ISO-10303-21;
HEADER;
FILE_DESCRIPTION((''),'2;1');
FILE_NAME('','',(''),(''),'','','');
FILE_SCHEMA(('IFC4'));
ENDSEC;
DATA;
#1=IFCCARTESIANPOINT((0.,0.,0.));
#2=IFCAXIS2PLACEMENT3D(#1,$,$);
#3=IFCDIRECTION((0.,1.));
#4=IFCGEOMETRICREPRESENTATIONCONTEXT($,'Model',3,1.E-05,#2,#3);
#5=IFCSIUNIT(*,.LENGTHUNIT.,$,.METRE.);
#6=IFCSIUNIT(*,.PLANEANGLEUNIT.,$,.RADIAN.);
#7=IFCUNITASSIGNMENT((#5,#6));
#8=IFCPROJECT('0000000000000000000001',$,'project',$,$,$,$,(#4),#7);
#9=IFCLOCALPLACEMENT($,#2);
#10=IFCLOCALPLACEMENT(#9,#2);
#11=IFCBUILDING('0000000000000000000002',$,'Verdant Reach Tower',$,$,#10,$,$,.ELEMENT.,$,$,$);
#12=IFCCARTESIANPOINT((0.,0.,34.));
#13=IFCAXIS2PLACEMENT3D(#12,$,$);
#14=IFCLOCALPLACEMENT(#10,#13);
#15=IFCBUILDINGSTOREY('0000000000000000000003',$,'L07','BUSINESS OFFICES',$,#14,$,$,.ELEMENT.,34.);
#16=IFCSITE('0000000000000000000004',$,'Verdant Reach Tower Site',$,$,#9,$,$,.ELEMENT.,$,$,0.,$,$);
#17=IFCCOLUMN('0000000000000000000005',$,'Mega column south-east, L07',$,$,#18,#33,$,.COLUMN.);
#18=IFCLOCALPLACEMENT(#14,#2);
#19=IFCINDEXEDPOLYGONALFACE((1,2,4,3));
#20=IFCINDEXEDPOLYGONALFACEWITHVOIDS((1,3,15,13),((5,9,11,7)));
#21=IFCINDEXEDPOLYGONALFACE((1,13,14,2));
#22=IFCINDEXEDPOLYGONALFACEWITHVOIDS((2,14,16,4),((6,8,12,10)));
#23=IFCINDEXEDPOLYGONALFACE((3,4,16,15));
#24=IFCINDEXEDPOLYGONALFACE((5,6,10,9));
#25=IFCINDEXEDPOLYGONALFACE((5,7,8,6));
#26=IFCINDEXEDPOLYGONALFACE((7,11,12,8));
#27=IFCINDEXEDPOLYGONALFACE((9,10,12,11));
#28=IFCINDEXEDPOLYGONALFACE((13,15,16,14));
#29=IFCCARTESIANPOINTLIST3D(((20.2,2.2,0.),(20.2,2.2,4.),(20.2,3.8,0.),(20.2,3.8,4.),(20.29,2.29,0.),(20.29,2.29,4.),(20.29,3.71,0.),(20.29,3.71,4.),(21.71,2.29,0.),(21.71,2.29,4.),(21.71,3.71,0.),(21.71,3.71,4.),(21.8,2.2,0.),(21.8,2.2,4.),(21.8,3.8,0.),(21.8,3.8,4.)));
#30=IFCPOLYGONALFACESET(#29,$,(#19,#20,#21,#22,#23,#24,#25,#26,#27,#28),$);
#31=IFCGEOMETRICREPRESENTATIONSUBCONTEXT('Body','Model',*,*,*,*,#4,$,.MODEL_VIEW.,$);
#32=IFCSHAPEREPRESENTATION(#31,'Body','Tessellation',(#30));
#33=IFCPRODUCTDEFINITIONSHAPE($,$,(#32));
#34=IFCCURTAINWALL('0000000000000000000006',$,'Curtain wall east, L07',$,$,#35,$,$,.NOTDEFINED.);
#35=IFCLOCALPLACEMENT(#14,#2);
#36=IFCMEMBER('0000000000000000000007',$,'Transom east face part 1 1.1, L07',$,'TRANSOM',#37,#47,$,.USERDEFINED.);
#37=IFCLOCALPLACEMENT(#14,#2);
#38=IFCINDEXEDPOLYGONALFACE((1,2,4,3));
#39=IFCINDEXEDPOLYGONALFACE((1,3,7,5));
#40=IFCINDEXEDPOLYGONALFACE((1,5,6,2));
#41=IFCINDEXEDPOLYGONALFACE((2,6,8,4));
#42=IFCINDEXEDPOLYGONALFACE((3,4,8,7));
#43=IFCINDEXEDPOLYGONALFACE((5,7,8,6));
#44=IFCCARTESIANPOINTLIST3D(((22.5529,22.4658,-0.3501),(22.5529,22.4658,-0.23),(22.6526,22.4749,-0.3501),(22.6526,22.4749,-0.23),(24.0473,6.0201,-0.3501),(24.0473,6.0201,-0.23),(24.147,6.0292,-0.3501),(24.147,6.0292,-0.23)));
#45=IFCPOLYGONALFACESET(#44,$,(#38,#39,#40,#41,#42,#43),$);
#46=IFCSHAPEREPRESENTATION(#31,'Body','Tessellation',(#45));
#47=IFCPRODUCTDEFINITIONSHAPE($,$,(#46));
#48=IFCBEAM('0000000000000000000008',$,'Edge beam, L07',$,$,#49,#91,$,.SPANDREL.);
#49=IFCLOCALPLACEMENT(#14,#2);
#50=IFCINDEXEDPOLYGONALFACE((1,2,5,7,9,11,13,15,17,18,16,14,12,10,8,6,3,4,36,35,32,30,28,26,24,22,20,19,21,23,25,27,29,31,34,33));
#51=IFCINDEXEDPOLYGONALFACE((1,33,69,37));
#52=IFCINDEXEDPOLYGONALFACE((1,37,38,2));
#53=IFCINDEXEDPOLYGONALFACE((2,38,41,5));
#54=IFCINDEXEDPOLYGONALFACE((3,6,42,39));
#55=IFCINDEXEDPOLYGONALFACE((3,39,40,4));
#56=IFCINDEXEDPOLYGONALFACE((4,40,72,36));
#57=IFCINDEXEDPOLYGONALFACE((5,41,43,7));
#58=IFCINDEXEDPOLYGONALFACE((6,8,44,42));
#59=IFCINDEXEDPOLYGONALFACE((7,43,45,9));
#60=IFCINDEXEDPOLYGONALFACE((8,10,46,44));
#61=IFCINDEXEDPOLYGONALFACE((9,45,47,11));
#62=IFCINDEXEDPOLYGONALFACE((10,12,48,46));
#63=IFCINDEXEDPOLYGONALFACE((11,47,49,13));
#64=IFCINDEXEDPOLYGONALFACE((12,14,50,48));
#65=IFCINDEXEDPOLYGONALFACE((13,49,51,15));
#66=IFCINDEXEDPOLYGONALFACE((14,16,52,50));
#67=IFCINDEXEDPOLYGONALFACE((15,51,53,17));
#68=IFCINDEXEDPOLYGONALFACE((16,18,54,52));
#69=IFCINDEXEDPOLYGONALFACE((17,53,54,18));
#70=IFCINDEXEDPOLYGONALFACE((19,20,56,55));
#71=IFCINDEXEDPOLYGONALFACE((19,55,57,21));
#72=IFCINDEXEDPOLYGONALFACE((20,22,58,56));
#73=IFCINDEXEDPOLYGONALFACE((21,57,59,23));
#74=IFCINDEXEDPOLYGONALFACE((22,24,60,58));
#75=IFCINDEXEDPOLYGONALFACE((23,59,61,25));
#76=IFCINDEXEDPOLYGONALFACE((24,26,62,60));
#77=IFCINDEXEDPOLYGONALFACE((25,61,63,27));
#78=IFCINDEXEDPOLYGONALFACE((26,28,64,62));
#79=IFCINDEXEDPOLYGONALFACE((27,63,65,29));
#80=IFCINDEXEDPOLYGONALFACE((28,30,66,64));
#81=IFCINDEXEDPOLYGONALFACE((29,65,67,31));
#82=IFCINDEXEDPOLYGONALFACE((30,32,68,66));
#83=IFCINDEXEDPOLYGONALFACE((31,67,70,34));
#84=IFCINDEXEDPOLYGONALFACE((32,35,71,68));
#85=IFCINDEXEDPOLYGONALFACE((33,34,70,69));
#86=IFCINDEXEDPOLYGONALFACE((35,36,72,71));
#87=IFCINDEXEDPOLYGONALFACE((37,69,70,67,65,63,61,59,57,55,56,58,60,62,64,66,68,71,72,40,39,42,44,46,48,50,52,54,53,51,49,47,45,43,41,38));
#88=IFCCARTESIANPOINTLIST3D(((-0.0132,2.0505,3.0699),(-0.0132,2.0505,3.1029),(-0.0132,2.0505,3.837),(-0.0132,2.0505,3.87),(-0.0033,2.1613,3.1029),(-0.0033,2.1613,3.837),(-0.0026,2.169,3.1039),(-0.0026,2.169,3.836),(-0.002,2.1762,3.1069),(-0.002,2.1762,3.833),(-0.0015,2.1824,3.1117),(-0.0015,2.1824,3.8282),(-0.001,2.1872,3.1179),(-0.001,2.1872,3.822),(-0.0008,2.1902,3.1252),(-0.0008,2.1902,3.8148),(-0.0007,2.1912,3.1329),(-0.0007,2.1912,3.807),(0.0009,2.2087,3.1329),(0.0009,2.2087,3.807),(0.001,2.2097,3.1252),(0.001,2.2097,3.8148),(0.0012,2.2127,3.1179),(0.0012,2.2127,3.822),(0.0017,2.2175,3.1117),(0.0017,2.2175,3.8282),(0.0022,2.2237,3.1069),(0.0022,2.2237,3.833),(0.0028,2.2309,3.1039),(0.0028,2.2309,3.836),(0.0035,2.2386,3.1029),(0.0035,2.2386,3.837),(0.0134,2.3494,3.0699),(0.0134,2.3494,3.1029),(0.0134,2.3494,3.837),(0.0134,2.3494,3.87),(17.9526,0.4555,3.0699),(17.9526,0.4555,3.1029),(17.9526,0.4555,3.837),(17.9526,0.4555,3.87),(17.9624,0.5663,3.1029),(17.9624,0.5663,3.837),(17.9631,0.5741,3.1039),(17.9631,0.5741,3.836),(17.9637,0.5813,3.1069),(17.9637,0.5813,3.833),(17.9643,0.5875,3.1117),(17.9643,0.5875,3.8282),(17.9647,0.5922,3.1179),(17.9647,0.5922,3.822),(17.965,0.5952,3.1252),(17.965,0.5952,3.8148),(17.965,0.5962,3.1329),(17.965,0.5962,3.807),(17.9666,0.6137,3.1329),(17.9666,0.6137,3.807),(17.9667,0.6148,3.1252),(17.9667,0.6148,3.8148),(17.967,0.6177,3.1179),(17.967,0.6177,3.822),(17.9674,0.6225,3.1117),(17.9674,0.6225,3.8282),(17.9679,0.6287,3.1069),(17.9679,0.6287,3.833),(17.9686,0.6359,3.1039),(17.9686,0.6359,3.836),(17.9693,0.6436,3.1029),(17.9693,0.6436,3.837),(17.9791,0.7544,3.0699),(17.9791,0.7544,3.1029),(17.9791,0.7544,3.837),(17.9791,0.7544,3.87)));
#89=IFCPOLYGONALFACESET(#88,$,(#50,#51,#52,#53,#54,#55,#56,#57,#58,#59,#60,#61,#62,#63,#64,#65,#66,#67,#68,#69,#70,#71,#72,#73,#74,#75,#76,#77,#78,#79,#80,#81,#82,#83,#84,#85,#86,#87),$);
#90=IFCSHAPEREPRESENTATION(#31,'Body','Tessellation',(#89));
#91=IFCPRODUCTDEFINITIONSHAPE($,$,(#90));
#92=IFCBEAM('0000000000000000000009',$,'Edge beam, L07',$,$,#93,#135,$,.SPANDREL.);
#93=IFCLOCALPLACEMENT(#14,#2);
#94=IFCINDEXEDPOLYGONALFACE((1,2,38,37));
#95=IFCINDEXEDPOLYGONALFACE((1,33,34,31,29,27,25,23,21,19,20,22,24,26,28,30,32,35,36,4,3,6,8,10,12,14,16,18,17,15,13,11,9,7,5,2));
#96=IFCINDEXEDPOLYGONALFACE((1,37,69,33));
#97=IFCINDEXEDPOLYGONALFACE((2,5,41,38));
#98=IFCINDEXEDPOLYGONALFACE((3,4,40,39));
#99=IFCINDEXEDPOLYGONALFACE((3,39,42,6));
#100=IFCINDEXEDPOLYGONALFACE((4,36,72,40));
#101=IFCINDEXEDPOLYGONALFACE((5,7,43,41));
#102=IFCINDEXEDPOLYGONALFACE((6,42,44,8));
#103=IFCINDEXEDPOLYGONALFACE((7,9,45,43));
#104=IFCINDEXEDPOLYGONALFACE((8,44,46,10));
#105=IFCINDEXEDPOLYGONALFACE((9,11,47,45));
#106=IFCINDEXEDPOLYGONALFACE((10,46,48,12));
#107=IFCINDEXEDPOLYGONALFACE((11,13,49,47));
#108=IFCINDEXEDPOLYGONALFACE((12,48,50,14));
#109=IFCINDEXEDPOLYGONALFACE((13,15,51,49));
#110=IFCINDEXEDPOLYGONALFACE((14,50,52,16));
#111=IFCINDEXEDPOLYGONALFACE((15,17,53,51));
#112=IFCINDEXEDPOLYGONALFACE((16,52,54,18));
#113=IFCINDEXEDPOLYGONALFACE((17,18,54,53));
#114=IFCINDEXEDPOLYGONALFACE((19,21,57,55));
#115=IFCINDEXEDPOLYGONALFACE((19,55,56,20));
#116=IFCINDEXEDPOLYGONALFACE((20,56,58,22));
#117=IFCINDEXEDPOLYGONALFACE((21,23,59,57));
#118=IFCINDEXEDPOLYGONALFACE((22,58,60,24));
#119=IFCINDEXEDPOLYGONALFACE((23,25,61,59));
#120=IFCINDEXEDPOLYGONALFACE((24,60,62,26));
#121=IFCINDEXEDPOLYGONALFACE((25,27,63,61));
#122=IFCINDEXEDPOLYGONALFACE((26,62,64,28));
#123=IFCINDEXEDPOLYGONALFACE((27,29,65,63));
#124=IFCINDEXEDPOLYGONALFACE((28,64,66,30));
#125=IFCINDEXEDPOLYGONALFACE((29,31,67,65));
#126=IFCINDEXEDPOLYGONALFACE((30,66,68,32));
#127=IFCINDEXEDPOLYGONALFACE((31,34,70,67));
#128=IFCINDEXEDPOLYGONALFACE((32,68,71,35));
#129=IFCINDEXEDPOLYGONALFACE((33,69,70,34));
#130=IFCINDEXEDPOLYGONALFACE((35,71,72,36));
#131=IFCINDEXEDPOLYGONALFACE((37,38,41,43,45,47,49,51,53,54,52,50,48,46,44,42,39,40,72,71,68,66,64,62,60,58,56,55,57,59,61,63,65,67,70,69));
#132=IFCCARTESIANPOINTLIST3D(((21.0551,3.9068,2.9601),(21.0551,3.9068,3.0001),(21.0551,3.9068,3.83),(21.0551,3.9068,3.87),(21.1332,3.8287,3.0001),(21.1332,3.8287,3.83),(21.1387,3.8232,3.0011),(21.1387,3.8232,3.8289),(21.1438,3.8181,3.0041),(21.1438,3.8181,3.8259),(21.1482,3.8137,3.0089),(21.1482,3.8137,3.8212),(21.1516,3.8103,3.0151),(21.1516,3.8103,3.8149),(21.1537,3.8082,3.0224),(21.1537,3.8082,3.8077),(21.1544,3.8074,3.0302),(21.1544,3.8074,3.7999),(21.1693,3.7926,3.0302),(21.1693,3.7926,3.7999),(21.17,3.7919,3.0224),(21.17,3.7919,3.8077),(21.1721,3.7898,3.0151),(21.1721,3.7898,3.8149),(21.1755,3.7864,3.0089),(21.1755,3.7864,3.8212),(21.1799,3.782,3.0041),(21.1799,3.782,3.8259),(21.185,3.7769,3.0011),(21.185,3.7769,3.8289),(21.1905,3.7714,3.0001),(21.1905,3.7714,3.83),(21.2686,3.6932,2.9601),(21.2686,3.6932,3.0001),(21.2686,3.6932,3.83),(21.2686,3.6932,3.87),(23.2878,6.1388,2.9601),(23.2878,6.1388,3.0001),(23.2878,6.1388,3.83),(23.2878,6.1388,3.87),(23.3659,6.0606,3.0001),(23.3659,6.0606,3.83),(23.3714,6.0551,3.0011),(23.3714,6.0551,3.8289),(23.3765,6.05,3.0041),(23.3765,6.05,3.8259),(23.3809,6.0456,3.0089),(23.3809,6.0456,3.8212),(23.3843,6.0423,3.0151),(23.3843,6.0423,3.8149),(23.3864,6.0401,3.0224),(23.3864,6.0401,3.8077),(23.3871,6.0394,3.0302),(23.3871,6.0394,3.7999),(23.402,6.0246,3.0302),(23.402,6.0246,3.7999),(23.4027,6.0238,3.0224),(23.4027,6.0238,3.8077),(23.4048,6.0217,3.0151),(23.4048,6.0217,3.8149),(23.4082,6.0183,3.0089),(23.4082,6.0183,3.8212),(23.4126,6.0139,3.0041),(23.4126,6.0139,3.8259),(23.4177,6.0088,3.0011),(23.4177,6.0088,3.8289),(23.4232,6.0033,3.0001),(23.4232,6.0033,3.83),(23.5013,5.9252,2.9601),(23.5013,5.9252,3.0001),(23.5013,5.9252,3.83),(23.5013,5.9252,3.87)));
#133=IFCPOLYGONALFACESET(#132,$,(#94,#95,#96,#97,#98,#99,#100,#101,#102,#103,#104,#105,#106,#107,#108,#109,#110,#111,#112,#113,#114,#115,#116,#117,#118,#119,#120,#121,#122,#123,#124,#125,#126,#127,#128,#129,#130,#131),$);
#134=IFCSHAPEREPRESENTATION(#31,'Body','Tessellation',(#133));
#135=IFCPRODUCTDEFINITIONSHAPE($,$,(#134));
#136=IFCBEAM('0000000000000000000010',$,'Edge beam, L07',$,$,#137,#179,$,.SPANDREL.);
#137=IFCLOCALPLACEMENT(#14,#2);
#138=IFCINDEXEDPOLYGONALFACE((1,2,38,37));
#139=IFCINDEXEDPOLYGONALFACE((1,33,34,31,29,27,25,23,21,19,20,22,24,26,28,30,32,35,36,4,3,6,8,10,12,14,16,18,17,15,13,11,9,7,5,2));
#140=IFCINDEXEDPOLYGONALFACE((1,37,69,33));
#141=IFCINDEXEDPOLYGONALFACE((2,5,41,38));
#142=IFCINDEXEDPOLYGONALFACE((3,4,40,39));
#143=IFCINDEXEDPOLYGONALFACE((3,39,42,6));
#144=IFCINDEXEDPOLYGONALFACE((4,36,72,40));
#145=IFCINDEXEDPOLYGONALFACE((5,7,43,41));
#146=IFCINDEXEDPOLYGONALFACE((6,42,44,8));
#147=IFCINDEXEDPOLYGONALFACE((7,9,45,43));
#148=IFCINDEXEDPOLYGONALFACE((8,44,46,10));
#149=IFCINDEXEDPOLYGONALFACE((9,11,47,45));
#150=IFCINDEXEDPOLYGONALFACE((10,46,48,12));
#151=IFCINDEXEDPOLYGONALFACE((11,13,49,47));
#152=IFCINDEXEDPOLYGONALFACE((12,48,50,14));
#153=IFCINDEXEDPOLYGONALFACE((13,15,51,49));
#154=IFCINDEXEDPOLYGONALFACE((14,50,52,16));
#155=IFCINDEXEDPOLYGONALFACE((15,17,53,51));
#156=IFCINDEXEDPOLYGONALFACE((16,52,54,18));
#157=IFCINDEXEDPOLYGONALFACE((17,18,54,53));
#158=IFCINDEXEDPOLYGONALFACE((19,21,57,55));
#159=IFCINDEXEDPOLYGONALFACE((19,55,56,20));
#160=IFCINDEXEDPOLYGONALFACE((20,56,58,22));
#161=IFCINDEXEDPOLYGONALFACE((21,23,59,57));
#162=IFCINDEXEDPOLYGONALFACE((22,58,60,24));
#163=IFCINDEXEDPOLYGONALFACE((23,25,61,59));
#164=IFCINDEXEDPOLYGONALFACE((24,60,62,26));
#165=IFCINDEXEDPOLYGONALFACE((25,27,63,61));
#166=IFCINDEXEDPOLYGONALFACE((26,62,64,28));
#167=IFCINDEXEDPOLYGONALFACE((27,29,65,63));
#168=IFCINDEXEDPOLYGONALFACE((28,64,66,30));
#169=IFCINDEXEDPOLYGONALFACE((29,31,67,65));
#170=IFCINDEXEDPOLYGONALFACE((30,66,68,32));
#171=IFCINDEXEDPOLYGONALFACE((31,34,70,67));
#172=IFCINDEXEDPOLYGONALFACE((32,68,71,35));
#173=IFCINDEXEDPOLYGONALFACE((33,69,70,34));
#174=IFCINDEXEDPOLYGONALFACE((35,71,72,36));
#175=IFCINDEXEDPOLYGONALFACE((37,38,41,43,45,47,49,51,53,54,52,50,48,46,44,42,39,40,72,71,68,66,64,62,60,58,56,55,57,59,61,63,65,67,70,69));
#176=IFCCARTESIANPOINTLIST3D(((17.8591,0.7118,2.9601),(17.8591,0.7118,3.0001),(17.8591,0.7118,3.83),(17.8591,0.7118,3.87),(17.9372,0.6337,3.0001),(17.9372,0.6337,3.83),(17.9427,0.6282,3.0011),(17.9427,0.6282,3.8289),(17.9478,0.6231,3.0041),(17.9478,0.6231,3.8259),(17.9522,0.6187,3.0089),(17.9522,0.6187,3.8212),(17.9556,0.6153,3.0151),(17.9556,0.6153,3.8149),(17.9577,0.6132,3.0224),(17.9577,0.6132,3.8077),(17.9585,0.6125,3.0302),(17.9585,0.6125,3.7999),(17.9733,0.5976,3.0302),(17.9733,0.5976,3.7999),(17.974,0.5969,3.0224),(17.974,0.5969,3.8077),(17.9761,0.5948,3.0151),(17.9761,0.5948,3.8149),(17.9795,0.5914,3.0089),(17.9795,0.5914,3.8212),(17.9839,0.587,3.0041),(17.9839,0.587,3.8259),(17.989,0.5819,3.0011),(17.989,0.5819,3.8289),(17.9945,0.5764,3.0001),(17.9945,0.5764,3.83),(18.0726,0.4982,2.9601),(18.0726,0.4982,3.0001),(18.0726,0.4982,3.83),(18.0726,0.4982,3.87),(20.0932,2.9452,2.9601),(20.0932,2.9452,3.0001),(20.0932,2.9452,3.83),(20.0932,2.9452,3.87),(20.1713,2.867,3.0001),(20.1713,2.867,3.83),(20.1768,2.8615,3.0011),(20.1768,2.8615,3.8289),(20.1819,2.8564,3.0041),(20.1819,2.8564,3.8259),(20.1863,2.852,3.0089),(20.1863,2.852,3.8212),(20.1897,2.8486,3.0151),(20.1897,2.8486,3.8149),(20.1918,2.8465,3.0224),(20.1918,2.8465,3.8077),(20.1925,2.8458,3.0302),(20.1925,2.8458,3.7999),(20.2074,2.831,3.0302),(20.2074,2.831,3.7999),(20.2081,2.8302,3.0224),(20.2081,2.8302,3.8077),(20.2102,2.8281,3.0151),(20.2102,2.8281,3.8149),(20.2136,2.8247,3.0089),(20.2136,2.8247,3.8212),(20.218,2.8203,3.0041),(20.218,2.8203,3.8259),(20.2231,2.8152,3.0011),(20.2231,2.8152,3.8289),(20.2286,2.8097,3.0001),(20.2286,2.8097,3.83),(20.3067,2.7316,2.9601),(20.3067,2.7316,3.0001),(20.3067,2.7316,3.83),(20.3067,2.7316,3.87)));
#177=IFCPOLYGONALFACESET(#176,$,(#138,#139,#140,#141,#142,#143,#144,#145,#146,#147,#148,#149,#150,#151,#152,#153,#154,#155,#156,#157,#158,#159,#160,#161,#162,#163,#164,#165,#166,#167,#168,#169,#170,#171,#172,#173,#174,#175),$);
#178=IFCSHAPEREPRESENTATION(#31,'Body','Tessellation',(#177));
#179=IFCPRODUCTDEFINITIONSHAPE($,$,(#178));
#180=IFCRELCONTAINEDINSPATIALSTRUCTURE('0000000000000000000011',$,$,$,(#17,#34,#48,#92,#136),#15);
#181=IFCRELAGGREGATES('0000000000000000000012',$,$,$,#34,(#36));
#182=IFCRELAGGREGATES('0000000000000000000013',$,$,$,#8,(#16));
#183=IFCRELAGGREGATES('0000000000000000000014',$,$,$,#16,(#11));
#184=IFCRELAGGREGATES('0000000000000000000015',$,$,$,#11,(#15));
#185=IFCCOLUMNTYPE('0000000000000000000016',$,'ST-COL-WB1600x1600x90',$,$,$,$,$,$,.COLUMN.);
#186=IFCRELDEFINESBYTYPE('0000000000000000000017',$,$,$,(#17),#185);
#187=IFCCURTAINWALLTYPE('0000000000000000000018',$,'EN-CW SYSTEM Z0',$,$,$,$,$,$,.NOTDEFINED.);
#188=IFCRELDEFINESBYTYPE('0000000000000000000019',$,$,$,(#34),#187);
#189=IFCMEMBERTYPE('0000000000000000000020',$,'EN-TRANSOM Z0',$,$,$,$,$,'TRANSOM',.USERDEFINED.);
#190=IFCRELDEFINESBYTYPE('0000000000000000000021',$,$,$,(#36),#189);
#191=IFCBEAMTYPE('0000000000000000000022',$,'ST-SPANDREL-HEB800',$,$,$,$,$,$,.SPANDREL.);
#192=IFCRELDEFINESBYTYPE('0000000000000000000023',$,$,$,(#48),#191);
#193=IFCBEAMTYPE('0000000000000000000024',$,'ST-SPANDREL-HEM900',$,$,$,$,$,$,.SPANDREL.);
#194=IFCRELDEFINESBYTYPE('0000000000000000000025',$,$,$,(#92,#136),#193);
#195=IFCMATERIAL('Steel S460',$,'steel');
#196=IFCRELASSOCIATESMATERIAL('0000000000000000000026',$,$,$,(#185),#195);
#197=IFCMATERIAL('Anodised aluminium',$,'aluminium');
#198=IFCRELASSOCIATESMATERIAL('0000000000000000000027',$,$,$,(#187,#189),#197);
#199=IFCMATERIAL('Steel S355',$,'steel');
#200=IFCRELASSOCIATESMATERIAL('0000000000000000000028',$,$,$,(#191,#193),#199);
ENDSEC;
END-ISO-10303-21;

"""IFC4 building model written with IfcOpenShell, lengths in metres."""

from ifc_helpers import new_model, si_unit, direction, frame, origin, origin_2d, place, context, subcontext, project, spatial, rectangle, hollow_rectangle, i_section, extrude, material, material_profile, profile_set, type_object, element, aggregate, save


model = new_model("IFC4")

# Units and contexts
model_context = context("Model", 3, precision=1e-05, world=origin(), true_north=direction((0.0, 1.0)))
body_context = subcontext(model_context, "Body", "Model", "MODEL_VIEW")
ifc_project = project(units=[si_unit("LENGTHUNIT", "METRE"), si_unit("PLANEANGLEUNIT", "RADIAN")], contexts=[model_context])

# Site, building, storey
site_placement = place(None, origin())
site = spatial("IfcSite", under=ifc_project, at=site_placement, Name="Verdant Reach Tower Site", CompositionType="ELEMENT", RefElevation=0.0)
building_placement = place(site_placement, origin())
building = spatial("IfcBuilding", under=site, at=building_placement, Name="Verdant Reach Tower", CompositionType="ELEMENT")
storey_placement = place(building_placement, frame((0.0, 0.0, 34.0)))
storey = spatial("IfcBuildingStorey", under=building, at=storey_placement, Name="L07", Description="BUSINESS OFFICES", CompositionType="ELEMENT", Elevation=34.0)

# Column
ifc_material_1 = material(Name="Steel S460", Category="steel")
ifc_material_profile_1 = material_profile(ifc_material_1, hollow_rectangle(XDim=1.6001, YDim=1.6001, WallThickness=0.0901, at=origin_2d()), Name="WB 1600x1600x90")
ifc_profile_set_1 = profile_set([ifc_material_profile_1], Name="Steel S460")
column_type = type_object("IfcColumnType", Name="ST-COL-WB1600x1600x90", PredefinedType="COLUMN", material=ifc_profile_set_1)
column_placement = place(storey_placement, frame((21.0, 3.0, 0.0), z_axis=(0.0, 0.0, 1.0), x_axis=(1.0, 0.0, 0.0)))
element("IfcColumn", 1, at=column_placement, inside=storey, type_object=column_type, Name="Mega column south-east, L07", PredefinedType="COLUMN", context=body_context, shape_type="SweptSolid", body=[
    extrude(hollow_rectangle(XDim=1.6001, YDim=1.6001, WallThickness=0.0901, at=origin_2d()), origin(), (0.0, 0.0, 1.0), 4.0),
])

# Curtain wall, member
ifc_material_2 = material(Name="Anodised aluminium", Category="aluminium")
curtain_wall_type = type_object("IfcCurtainWallType", Name="EN-CW SYSTEM Z0", PredefinedType="NOTDEFINED", material=ifc_material_2)
curtain_wall_1_placement = place(storey_placement, origin())
curtain_wall_1 = element("IfcCurtainWall", 2, at=curtain_wall_1_placement, inside=storey, type_object=curtain_wall_type, Name="Curtain wall east, L07", PredefinedType="NOTDEFINED")
ifc_material_profile_2 = material_profile(ifc_material_2, rectangle(XDim=0.1001, YDim=0.1201, at=origin_2d()), Name="Transom 120x100")
ifc_profile_set_2 = profile_set([ifc_material_profile_2], Name="Anodised aluminium")
member_type = type_object("IfcMemberType", Name="EN-TRANSOM Z0", ElementType="TRANSOM", PredefinedType="USERDEFINED", material=ifc_profile_set_2)
member_placement = place(storey_placement, frame((24.0972, 6.0247, -0.29), z_axis=(-0.090496, 0.995897, 0.0), x_axis=(-0.995897, -0.090496, 0.0)))
member = element("IfcMember", 3, at=member_placement, type_object=member_type, Name="Transom east face part 1 1.1, L07", ObjectType="TRANSOM", PredefinedType="USERDEFINED", context=body_context, shape_type="SweptSolid", body=[
    extrude(rectangle(XDim=0.1001, YDim=0.1201, at=origin_2d()), origin(), (0.0, 0.0, 1.0), 16.5134),
])

# Beams
ifc_material_3 = material(Name="Steel S355", Category="steel")
ifc_material_profile_3 = material_profile(ifc_material_3, i_section(OverallWidth=0.3, OverallDepth=0.8, WebThickness=0.0176, FlangeThickness=0.033, FilletRadius=0.03, at=origin_2d()), Name="HEB 800")
ifc_profile_set_3 = profile_set([ifc_material_profile_3], Name="Steel S355")
beam_type_1 = type_object("IfcBeamType", Name="ST-SPANDREL-HEB800", PredefinedType="SPANDREL", material=ifc_profile_set_3)
beam_1_placement = place(storey_placement, frame((17.9658, 0.605, 3.47), z_axis=(-0.996082, 0.08843, 0.0), x_axis=(-0.08843, -0.996082, 0.0)))
element("IfcBeam", 4, at=beam_1_placement, inside=storey, type_object=beam_type_1, Name="Edge beam, L07", PredefinedType="SPANDREL", context=body_context, shape_type="SweptSolid", body=[
    extrude(i_section(OverallWidth=0.3, OverallDepth=0.8, WebThickness=0.0176, FlangeThickness=0.033, FilletRadius=0.03, at=origin_2d()), origin(), (0.0, 0.0, 1.0), 18.0364),
])
ifc_material_profile_4 = material_profile(ifc_material_3, i_section(OverallWidth=0.302, OverallDepth=0.9099, WebThickness=0.021, FlangeThickness=0.04, FilletRadius=0.03, at=origin_2d()), Name="HEM 900")
ifc_profile_set_4 = profile_set([ifc_material_profile_4], Name="Steel S355")
beam_type_2 = type_object("IfcBeamType", Name="ST-SPANDREL-HEM900", PredefinedType="SPANDREL", material=ifc_profile_set_4)
beam_2_placement = place(storey_placement, frame((23.3945, 6.032, 3.415), z_axis=(-0.707223, -0.706991, 0.0), x_axis=(0.706991, -0.707223, 0.0)))
element("IfcBeam", 5, at=beam_2_placement, inside=storey, type_object=beam_type_2, Name="Edge beam, L07", PredefinedType="SPANDREL", context=body_context, shape_type="SweptSolid", body=[
    extrude(i_section(OverallWidth=0.302, OverallDepth=0.9099, WebThickness=0.021, FlangeThickness=0.04, FilletRadius=0.03, at=origin_2d()), origin(), (0.0, 0.0, 1.0), 3.157),
])
beam_3_placement = place(storey_placement, frame((20.2, 2.8384, 3.415), z_axis=(-0.707223, -0.706991, 0.0), x_axis=(0.706991, -0.707223, 0.0)))
element("IfcBeam", 6, at=beam_3_placement, inside=storey, type_object=beam_type_2, Name="Edge beam, L07", PredefinedType="SPANDREL", context=body_context, shape_type="SweptSolid", body=[
    extrude(i_section(OverallWidth=0.302, OverallDepth=0.9099, WebThickness=0.021, FlangeThickness=0.04, FilletRadius=0.03, at=origin_2d()), origin(), (0.0, 0.0, 1.0), 3.1589),
])

aggregate(curtain_wall_1, [member])

save(model, "model.ifc")
